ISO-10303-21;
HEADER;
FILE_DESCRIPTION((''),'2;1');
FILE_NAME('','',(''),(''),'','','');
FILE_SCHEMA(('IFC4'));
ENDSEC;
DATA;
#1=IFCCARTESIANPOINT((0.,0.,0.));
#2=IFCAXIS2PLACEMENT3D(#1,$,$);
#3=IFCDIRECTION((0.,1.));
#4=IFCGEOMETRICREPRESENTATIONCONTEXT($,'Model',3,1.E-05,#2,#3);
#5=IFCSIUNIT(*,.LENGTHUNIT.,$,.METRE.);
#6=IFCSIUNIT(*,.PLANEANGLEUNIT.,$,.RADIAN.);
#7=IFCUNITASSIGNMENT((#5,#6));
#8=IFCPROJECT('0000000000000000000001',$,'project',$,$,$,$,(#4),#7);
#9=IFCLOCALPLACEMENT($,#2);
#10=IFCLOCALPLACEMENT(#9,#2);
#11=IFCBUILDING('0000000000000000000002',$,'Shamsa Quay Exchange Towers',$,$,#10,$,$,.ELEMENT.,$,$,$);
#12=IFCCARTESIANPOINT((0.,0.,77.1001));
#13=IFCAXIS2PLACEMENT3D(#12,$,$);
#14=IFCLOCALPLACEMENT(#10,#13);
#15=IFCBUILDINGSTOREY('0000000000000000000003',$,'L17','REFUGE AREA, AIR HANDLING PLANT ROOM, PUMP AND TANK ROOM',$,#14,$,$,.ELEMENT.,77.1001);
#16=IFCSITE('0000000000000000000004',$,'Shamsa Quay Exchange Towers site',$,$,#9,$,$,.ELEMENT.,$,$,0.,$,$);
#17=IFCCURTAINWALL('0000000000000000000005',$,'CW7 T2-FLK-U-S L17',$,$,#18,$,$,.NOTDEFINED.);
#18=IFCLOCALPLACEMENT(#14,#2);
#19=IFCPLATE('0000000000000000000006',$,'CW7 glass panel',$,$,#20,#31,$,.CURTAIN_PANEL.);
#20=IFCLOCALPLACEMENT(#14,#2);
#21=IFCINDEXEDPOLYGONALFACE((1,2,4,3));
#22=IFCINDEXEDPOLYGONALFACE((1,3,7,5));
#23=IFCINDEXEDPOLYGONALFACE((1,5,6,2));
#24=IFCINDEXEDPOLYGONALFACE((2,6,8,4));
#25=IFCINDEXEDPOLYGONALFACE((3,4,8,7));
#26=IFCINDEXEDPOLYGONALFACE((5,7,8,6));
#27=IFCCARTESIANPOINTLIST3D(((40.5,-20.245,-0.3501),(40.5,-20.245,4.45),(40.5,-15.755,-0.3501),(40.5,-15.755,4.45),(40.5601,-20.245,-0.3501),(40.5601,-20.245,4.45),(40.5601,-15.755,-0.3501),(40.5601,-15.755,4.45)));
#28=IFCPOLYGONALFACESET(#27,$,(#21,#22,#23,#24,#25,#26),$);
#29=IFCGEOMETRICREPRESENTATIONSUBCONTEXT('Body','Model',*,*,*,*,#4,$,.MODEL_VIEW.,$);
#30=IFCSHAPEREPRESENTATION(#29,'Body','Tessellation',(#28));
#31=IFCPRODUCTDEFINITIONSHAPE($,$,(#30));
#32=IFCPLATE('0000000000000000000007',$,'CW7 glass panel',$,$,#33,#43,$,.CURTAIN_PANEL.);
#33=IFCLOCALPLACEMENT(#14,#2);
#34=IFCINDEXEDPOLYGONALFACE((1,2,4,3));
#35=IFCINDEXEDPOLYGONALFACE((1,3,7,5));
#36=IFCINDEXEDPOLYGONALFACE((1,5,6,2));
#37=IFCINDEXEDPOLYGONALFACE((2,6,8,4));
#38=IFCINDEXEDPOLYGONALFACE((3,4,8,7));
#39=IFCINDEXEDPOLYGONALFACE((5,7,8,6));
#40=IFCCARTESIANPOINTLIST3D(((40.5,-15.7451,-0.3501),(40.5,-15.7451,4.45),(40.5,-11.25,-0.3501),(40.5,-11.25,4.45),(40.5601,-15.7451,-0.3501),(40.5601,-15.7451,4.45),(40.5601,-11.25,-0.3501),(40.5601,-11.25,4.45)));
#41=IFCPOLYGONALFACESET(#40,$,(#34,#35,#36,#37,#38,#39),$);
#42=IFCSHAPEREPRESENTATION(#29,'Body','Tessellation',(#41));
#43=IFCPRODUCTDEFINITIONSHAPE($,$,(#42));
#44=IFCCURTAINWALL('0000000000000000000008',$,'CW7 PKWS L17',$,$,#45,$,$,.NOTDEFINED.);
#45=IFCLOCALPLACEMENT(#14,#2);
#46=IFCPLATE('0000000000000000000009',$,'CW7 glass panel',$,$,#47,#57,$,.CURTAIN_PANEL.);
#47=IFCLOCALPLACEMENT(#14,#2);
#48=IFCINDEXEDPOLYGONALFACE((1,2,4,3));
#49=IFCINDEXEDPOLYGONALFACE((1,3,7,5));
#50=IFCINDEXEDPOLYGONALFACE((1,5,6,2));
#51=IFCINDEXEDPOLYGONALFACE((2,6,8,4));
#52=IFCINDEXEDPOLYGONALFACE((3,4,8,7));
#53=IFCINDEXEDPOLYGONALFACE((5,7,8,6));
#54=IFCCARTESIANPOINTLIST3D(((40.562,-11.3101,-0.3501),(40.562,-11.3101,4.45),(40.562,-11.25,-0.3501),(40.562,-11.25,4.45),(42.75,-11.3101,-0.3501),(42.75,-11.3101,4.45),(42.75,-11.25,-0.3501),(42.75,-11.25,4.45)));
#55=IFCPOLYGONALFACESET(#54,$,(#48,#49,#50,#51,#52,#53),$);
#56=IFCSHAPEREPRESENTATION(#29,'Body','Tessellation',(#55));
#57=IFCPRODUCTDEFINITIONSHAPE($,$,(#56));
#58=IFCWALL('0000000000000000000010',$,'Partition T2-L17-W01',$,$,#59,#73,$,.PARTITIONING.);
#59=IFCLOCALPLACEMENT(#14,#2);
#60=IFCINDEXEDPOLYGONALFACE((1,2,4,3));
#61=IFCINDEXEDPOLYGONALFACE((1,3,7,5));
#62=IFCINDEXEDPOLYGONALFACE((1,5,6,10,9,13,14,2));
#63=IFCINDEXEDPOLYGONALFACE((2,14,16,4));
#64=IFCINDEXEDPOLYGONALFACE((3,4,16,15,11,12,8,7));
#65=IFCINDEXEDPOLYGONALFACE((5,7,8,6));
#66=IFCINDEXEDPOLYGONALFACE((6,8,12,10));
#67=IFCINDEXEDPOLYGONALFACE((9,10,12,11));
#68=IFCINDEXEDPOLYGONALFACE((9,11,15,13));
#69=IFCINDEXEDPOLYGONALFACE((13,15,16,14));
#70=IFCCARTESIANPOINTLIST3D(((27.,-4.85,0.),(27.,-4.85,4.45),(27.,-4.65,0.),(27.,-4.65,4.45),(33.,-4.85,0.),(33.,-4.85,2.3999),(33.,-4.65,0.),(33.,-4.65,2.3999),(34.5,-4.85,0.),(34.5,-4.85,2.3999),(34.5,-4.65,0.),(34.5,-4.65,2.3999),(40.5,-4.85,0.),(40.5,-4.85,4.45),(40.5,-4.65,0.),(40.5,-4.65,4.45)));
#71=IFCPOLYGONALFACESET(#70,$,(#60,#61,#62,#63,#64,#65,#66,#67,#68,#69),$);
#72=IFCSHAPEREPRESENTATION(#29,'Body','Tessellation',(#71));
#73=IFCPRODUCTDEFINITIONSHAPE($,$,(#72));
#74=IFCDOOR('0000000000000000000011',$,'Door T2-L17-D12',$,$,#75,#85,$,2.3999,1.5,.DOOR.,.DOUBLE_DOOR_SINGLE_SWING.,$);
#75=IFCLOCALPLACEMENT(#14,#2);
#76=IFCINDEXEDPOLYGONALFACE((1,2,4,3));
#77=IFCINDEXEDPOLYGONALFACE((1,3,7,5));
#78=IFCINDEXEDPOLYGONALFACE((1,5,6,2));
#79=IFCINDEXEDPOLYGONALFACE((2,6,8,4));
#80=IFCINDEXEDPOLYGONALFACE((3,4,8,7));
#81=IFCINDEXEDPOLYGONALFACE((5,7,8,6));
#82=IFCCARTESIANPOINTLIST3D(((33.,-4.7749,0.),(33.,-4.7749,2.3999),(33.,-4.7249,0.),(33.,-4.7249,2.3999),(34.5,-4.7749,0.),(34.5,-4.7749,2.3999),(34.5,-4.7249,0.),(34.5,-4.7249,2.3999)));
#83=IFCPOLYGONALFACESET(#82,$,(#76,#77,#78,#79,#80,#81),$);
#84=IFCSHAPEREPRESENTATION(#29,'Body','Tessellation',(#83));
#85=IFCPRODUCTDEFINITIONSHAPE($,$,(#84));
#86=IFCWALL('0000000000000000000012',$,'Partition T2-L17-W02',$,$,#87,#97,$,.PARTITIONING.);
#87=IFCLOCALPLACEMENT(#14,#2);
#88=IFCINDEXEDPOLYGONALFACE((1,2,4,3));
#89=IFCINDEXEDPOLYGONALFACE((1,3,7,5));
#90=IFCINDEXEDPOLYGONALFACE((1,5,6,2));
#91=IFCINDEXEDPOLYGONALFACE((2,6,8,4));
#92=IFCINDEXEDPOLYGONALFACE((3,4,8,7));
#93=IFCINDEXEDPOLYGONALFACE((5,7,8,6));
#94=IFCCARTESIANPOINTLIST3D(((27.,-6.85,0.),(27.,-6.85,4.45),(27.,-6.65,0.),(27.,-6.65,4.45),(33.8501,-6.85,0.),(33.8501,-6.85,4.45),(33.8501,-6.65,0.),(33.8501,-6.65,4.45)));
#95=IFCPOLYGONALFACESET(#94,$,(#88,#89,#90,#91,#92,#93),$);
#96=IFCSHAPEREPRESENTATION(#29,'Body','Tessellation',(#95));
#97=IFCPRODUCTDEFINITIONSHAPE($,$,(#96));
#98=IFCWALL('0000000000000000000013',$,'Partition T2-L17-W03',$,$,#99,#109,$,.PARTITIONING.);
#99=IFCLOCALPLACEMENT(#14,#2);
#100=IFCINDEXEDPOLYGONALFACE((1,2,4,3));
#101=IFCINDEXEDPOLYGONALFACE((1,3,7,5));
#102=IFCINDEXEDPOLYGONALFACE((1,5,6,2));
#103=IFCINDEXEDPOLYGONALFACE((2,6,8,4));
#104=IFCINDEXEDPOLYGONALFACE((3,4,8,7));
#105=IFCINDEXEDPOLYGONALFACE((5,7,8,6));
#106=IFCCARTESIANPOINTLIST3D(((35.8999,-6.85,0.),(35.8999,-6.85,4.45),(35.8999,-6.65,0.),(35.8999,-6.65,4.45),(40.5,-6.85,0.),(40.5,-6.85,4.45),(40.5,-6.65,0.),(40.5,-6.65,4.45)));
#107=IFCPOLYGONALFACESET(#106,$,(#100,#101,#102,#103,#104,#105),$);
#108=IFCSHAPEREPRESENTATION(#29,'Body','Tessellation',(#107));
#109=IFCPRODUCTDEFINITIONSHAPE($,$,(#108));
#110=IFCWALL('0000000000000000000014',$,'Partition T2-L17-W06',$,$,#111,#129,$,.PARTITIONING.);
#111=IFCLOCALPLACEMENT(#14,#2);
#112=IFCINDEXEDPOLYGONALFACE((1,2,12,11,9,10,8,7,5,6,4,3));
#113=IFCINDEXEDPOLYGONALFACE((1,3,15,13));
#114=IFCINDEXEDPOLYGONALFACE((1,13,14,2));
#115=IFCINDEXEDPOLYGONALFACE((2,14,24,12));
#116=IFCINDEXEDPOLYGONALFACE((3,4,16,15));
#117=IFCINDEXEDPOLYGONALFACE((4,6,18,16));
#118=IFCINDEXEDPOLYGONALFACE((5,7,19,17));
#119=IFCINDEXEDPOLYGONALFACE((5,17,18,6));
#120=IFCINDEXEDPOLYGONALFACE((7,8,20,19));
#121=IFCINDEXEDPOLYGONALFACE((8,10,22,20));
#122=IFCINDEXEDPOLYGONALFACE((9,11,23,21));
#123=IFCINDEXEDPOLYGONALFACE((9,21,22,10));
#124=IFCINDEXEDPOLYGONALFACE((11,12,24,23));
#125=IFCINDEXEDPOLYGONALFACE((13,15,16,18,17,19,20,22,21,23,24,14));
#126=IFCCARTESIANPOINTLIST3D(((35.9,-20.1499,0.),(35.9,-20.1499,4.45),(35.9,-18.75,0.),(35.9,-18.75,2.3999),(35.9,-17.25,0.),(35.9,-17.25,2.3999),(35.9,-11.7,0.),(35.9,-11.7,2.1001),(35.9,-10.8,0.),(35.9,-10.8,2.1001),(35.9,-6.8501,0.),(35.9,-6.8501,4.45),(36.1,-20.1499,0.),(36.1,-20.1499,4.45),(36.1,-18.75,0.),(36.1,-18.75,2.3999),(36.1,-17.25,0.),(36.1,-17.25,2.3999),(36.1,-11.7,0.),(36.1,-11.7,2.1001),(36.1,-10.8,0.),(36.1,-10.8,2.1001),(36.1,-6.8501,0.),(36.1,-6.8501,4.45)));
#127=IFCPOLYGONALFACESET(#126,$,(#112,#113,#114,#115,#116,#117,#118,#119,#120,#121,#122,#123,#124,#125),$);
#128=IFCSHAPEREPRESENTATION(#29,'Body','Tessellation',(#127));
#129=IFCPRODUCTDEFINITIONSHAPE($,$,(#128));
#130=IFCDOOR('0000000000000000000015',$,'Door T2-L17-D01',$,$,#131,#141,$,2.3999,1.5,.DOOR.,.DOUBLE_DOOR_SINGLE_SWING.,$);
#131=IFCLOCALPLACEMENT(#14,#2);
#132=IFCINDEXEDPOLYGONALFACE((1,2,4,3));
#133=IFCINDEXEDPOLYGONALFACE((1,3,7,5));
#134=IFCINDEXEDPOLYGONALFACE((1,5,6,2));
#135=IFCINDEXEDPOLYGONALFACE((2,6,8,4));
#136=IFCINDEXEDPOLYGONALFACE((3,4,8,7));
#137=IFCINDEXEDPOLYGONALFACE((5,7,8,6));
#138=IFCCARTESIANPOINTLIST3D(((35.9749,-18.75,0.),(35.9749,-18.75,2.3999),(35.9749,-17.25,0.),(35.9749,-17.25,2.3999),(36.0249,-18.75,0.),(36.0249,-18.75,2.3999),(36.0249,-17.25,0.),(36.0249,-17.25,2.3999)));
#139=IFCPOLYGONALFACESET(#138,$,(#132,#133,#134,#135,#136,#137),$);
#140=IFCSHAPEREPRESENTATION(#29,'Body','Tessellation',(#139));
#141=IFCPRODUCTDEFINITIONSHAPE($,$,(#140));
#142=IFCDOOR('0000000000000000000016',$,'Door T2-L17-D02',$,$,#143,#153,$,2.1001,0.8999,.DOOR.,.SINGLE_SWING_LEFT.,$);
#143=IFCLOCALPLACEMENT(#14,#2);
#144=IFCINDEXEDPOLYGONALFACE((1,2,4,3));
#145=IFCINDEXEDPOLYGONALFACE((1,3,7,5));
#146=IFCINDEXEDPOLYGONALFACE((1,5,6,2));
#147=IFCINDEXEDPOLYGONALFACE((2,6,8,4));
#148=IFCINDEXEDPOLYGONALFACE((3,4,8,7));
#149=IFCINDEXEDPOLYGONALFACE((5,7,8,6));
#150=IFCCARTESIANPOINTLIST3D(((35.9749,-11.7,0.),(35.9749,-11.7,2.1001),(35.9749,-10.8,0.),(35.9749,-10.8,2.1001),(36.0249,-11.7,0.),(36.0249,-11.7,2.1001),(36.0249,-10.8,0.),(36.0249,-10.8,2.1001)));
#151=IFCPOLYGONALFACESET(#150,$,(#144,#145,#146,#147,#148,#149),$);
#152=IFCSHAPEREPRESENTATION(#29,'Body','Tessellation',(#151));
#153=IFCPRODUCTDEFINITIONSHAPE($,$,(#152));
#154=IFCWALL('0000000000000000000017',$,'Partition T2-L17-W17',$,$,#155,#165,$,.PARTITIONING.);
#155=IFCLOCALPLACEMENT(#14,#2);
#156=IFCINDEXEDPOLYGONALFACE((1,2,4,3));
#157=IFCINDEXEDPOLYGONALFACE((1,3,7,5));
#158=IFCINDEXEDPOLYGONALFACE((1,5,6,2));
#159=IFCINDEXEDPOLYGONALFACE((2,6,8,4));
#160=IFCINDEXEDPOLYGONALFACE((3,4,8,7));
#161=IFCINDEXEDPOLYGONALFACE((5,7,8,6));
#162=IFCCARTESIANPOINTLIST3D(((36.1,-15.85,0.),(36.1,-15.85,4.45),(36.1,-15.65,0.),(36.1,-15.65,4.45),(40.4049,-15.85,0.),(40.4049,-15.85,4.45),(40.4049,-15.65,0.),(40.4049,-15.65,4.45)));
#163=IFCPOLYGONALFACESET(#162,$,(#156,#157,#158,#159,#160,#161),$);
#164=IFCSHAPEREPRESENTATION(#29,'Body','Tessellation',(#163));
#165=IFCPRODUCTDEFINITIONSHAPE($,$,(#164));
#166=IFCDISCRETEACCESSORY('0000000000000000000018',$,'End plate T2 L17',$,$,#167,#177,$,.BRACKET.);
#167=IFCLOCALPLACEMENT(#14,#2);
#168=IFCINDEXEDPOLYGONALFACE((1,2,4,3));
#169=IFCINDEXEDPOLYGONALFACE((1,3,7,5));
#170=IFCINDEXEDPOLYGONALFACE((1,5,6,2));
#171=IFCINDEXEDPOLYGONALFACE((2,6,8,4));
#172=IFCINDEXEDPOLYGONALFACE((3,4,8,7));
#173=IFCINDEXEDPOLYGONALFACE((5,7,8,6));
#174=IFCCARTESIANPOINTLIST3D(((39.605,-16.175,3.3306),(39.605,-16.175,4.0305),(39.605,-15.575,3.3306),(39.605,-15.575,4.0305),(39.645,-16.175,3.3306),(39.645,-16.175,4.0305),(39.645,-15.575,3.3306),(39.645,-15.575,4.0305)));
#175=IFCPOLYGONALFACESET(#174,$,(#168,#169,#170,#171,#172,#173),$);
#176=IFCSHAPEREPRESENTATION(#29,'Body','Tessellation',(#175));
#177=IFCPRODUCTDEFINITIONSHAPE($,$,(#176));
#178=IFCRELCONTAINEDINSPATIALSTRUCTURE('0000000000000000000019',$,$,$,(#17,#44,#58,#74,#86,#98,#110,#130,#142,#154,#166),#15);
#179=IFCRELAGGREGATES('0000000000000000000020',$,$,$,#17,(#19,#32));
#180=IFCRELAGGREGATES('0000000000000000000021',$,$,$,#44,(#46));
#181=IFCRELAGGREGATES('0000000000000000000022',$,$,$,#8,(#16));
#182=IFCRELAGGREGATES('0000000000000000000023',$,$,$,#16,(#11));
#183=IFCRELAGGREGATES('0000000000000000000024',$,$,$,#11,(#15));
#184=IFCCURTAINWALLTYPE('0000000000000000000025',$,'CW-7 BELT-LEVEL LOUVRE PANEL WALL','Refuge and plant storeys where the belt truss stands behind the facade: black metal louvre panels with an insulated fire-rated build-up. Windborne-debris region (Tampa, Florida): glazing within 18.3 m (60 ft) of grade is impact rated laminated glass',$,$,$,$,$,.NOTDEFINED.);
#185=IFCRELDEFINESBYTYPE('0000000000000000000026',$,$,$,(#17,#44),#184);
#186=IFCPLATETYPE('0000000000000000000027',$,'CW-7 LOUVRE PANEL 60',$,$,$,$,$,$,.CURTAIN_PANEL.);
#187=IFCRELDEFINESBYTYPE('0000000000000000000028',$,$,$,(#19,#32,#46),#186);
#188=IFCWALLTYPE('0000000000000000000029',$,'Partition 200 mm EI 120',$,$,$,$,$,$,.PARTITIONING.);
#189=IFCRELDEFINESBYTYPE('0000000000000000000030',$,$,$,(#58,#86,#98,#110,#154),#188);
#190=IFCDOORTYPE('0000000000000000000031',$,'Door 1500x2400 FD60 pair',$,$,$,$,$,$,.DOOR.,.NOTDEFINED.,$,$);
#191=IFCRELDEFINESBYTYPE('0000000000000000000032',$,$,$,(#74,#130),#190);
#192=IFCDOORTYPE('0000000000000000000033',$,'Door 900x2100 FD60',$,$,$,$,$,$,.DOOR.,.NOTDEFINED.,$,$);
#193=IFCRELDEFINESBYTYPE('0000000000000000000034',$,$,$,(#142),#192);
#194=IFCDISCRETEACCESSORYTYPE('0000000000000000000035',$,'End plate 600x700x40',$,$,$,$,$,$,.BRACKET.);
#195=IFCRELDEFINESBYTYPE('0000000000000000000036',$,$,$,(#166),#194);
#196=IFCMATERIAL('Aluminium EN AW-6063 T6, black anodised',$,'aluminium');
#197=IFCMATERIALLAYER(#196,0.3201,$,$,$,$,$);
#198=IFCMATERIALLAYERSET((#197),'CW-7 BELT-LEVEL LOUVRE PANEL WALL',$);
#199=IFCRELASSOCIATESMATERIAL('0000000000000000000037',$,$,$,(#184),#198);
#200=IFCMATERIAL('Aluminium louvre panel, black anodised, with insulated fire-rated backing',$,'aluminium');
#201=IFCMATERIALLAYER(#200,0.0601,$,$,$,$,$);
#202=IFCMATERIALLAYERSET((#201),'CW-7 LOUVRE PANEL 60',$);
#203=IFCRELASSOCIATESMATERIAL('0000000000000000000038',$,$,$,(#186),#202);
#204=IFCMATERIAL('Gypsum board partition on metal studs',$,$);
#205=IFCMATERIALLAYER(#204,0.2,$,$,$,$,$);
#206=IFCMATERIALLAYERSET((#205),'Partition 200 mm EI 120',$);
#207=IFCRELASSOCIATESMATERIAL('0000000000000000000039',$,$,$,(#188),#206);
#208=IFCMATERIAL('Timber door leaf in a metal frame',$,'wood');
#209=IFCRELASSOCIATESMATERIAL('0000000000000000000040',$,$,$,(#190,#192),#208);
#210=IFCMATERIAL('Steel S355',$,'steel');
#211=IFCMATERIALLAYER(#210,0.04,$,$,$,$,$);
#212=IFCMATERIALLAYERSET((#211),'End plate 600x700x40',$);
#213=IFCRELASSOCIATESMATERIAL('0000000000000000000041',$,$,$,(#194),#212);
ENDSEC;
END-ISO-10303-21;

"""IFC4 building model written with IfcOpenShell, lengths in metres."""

from ifc_helpers import new_model, si_unit, direction, frame, frame_2d, origin, origin_2d, place, context, subcontext, project, spatial, rectangle, extrude, material, layer, layer_set, type_object, element, fill, aggregate, save


model = new_model("IFC4")

# Units and contexts
model_context = context("Model", 3, precision=1e-05, world=origin(), true_north=direction((0.0, 1.0)))
body_context = subcontext(model_context, "Body", "Model", "MODEL_VIEW")
ifc_project = project(units=[si_unit("LENGTHUNIT", "METRE"), si_unit("PLANEANGLEUNIT", "RADIAN")], contexts=[model_context])

# Site, building, storey
site_placement = place(None, origin())
site = spatial("IfcSite", under=ifc_project, at=site_placement, Name="Shamsa Quay Exchange Towers site", CompositionType="ELEMENT", RefElevation=0.0)
building_placement = place(site_placement, origin())
building = spatial("IfcBuilding", under=site, at=building_placement, Name="Shamsa Quay Exchange Towers", CompositionType="ELEMENT")
storey_placement = place(building_placement, frame((0.0, 0.0, 77.1001)))
storey = spatial("IfcBuildingStorey", under=building, at=storey_placement, Name="L17", Description="REFUGE AREA, AIR HANDLING PLANT ROOM, PUMP AND TANK ROOM", CompositionType="ELEMENT", Elevation=77.1001)

# Shared definitions
ifc_material_1 = material(Name="Steel S355", Category="steel")

# Curtain wall, plates
ifc_material_2 = material(Name="Aluminium EN AW-6063 T6, black anodised", Category="aluminium")
ifc_layer_1 = layer(ifc_material_2, 0.3201)
ifc_layer_set_1 = layer_set([ifc_layer_1], Name="CW-7 BELT-LEVEL LOUVRE PANEL WALL")
curtain_wall_type = type_object("IfcCurtainWallType", Name="CW-7 BELT-LEVEL LOUVRE PANEL WALL", Description="Refuge and plant storeys where the belt truss stands behind the facade: black metal louvre panels with an insulated fire-rated build-up. Windborne-debris region (Tampa, Florida): glazing within 18.3 m (60 ft) of grade is impact rated laminated glass", PredefinedType="NOTDEFINED", material=ifc_layer_set_1)
curtain_wall_1_placement = place(storey_placement, origin())
curtain_wall_1 = element("IfcCurtainWall", 1, at=curtain_wall_1_placement, inside=storey, type_object=curtain_wall_type, Name="CW7 T2-FLK-U-S L17", PredefinedType="NOTDEFINED")
ifc_material_3 = material(Name="Aluminium louvre panel, black anodised, with insulated fire-rated backing", Category="aluminium")
ifc_layer_2 = layer(ifc_material_3, 0.0601)
ifc_layer_set_2 = layer_set([ifc_layer_2], Name="CW-7 LOUVRE PANEL 60")
plate_type = type_object("IfcPlateType", Name="CW-7 LOUVRE PANEL 60", PredefinedType="CURTAIN_PANEL", material=ifc_layer_set_2)
plate_1_placement = place(storey_placement, frame((40.53, -18.0, -0.3501), z_axis=(0.0, 0.0, 1.0), x_axis=(0.0, 1.0, 0.0)))
plate_1 = element("IfcPlate", 2, at=plate_1_placement, type_object=plate_type, Name="CW7 glass panel", PredefinedType="CURTAIN_PANEL", context=body_context, shape_type="SweptSolid", body=[
    extrude(rectangle(XDim=4.49, YDim=0.0601, at=origin_2d()), origin(), (0.0, 0.0, 1.0), 4.8),
])
plate_2_placement = place(storey_placement, frame((40.53, -13.4976, -0.3501), z_axis=(0.0, 0.0, 1.0), x_axis=(0.0, 1.0, 0.0)))
plate_2 = element("IfcPlate", 3, at=plate_2_placement, type_object=plate_type, Name="CW7 glass panel", PredefinedType="CURTAIN_PANEL", context=body_context, shape_type="SweptSolid", body=[
    extrude(rectangle(XDim=4.4951, YDim=0.0601, at=origin_2d()), origin(), (0.0, 0.0, 1.0), 4.8),
])
aggregate(curtain_wall_1, [plate_1, plate_2])

# Curtain wall, plate
curtain_wall_2_placement = place(storey_placement, origin())
curtain_wall_2 = element("IfcCurtainWall", 4, at=curtain_wall_2_placement, inside=storey, type_object=curtain_wall_type, Name="CW7 PKWS L17", PredefinedType="NOTDEFINED")
plate_3_placement = place(storey_placement, frame((41.656, -11.28, -0.3501)))
plate_3 = element("IfcPlate", 5, at=plate_3_placement, type_object=plate_type, Name="CW7 glass panel", PredefinedType="CURTAIN_PANEL", context=body_context, shape_type="SweptSolid", body=[
    extrude(rectangle(XDim=2.188, YDim=0.0601, at=origin_2d()), origin(), (0.0, 0.0, 1.0), 4.8),
])
aggregate(curtain_wall_2, [plate_3])

# Wall, opening, door
ifc_material_4 = material(Name="Gypsum board partition on metal studs")
ifc_layer_3 = layer(ifc_material_4, 0.2)
ifc_layer_set_3 = layer_set([ifc_layer_3], Name="Partition 200 mm EI 120")
wall_type_1 = type_object("IfcWallType", Name="Partition 200 mm EI 120", PredefinedType="PARTITIONING", material=ifc_layer_set_3)
wall_1_placement = place(storey_placement, frame((40.5, -4.75, 0.0), z_axis=(0.0, 0.0, 1.0), x_axis=(-1.0, 0.0, 0.0)))
wall_1 = element("IfcWall", 6, at=wall_1_placement, inside=storey, type_object=wall_type_1, Name="Partition T2-L17-W01", PredefinedType="PARTITIONING", context=body_context, shape_type="SweptSolid", body=[
    extrude(rectangle(XDim=13.5, YDim=0.2, at=frame_2d((6.75, 0.0))), origin(), (0.0, 0.0, 1.0), 4.45),
])
opening_1_placement = place(wall_1_placement, frame((6.0, 0.0, 0.0)))
opening_1 = element("IfcOpeningElement", 7, at=opening_1_placement, cuts=wall_1, PredefinedType="OPENING", context=body_context, shape_type="SweptSolid", body=[
    extrude(rectangle(XDim=1.5, YDim=2.3999, at=frame_2d((0.75, 1.2))), frame((0.0, 0.1099, 0.0), z_axis=(0.0, -1.0, 0.0), x_axis=(1.0, 0.0, 0.0)), (0.0, 0.0, 1.0), 0.22),
])
ifc_material_5 = material(Name="Timber door leaf in a metal frame", Category="wood")
door_type_1 = type_object("IfcDoorType", Name="Door 1500x2400 FD60 pair", OperationType="NOTDEFINED", PredefinedType="DOOR", material=ifc_material_5)
door_1_placement = place(opening_1_placement, origin())
door_1 = element("IfcDoor", 8, at=door_1_placement, inside=storey, type_object=door_type_1, Name="Door T2-L17-D12", OperationType="DOUBLE_DOOR_SINGLE_SWING", OverallHeight=2.3999, OverallWidth=1.5, PredefinedType="DOOR", context=body_context, shape_type="SweptSolid", body=[
    extrude(rectangle(XDim=1.5, YDim=2.3999, at=frame_2d((0.75, 1.2))), frame((0.0, 0.0249, 0.0), z_axis=(0.0, -1.0, 0.0), x_axis=(1.0, 0.0, 0.0)), (0.0, 0.0, 1.0), 0.05),
])
fill(opening_1, door_1)

# Walls
wall_2_placement = place(storey_placement, frame((33.8501, -6.75, 0.0), z_axis=(0.0, 0.0, 1.0), x_axis=(-1.0, 0.0, 0.0)))
element("IfcWall", 9, at=wall_2_placement, inside=storey, type_object=wall_type_1, Name="Partition T2-L17-W02", PredefinedType="PARTITIONING", context=body_context, shape_type="SweptSolid", body=[
    extrude(rectangle(XDim=6.8501, YDim=0.2, at=frame_2d((3.425, 0.0))), origin(), (0.0, 0.0, 1.0), 4.45),
])
wall_3_placement = place(storey_placement, frame((40.5, -6.75, 0.0), z_axis=(0.0, 0.0, 1.0), x_axis=(-1.0, 0.0, 0.0)))
element("IfcWall", 10, at=wall_3_placement, inside=storey, type_object=wall_type_1, Name="Partition T2-L17-W03", PredefinedType="PARTITIONING", context=body_context, shape_type="SweptSolid", body=[
    extrude(rectangle(XDim=4.6001, YDim=0.2, at=frame_2d((2.3, 0.0))), origin(), (0.0, 0.0, 1.0), 4.45),
])

# Wall, openings, doors
wall_4_placement = place(storey_placement, frame((36.0, -6.8501, 0.0), z_axis=(0.0, 0.0, 1.0), x_axis=(0.0, -1.0, 0.0)))
wall_4 = element("IfcWall", 11, at=wall_4_placement, inside=storey, type_object=wall_type_1, Name="Partition T2-L17-W06", PredefinedType="PARTITIONING", context=body_context, shape_type="SweptSolid", body=[
    extrude(rectangle(XDim=13.2998, YDim=0.2, at=frame_2d((6.6499, 0.0))), origin(), (0.0, 0.0, 1.0), 4.45),
])
opening_2_placement = place(wall_4_placement, frame((10.3999, 0.0, 0.0)))
opening_2 = element("IfcOpeningElement", 12, at=opening_2_placement, cuts=wall_4, PredefinedType="OPENING", context=body_context, shape_type="SweptSolid", body=[
    extrude(rectangle(XDim=1.5, YDim=2.3999, at=frame_2d((0.75, 1.2))), frame((0.0, 0.1099, 0.0), z_axis=(0.0, -1.0, 0.0), x_axis=(1.0, 0.0, 0.0)), (0.0, 0.0, 1.0), 0.22),
])
opening_3_placement = place(wall_4_placement, frame((3.95, 0.0, 0.0)))
opening_3 = element("IfcOpeningElement", 13, at=opening_3_placement, cuts=wall_4, PredefinedType="OPENING", context=body_context, shape_type="SweptSolid", body=[
    extrude(rectangle(XDim=0.8999, YDim=2.1001, at=frame_2d((0.45, 1.05))), frame((0.0, 0.1099, 0.0), z_axis=(0.0, -1.0, 0.0), x_axis=(1.0, 0.0, 0.0)), (0.0, 0.0, 1.0), 0.22),
])
door_2_placement = place(opening_2_placement, origin())
door_2 = element("IfcDoor", 14, at=door_2_placement, inside=storey, type_object=door_type_1, Name="Door T2-L17-D01", OperationType="DOUBLE_DOOR_SINGLE_SWING", OverallHeight=2.3999, OverallWidth=1.5, PredefinedType="DOOR", context=body_context, shape_type="SweptSolid", body=[
    extrude(rectangle(XDim=1.5, YDim=2.3999, at=frame_2d((0.75, 1.2))), frame((0.0, 0.0249, 0.0), z_axis=(0.0, -1.0, 0.0), x_axis=(1.0, 0.0, 0.0)), (0.0, 0.0, 1.0), 0.05),
])
fill(opening_2, door_2)
door_type_2 = type_object("IfcDoorType", Name="Door 900x2100 FD60", OperationType="NOTDEFINED", PredefinedType="DOOR", material=ifc_material_5)
door_3_placement = place(opening_3_placement, origin())
door_3 = element("IfcDoor", 15, at=door_3_placement, inside=storey, type_object=door_type_2, Name="Door T2-L17-D02", OperationType="SINGLE_SWING_LEFT", OverallHeight=2.1001, OverallWidth=0.8999, PredefinedType="DOOR", context=body_context, shape_type="SweptSolid", body=[
    extrude(rectangle(XDim=0.8999, YDim=2.1001, at=frame_2d((0.45, 1.05))), frame((0.0, 0.0249, 0.0), z_axis=(0.0, -1.0, 0.0), x_axis=(1.0, 0.0, 0.0)), (0.0, 0.0, 1.0), 0.05),
])
fill(opening_3, door_3)

# Wall
wall_5_placement = place(storey_placement, frame((36.1001, -15.75, 0.0)))
element("IfcWall", 16, at=wall_5_placement, inside=storey, type_object=wall_type_1, Name="Partition T2-L17-W17", PredefinedType="PARTITIONING", context=body_context, shape_type="SweptSolid", body=[
    extrude(rectangle(XDim=4.3049, YDim=0.2, at=frame_2d((2.1523, 0.0))), origin(), (0.0, 0.0, 1.0), 4.45),
])

# Discrete accessory
ifc_layer_4 = layer(ifc_material_1, 0.04)
ifc_layer_set_4 = layer_set([ifc_layer_4], Name="End plate 600x700x40")
discrete_accessory_type_1 = type_object("IfcDiscreteAccessoryType", Name="End plate 600x700x40", PredefinedType="BRACKET", material=ifc_layer_set_4)
for number, where, z_axis, x_axis, name in (
    (17, (39.625, -15.875, 3.3306), (0.0, 0.0, 1.0), (0.0, 1.0, 0.0), "End plate T2 L17"),
):
    element("IfcDiscreteAccessory", number, at=place(storey_placement, frame(where, z_axis=z_axis, x_axis=x_axis)), inside=storey, type_object=discrete_accessory_type_1, Name=name, PredefinedType="BRACKET", context=body_context, shape_type="SweptSolid", body=[
        extrude(rectangle(XDim=0.6001, YDim=0.04, at=origin_2d()), origin(), (0.0, 0.0, 1.0), 0.7),
    ])

save(model, "model.ifc")
